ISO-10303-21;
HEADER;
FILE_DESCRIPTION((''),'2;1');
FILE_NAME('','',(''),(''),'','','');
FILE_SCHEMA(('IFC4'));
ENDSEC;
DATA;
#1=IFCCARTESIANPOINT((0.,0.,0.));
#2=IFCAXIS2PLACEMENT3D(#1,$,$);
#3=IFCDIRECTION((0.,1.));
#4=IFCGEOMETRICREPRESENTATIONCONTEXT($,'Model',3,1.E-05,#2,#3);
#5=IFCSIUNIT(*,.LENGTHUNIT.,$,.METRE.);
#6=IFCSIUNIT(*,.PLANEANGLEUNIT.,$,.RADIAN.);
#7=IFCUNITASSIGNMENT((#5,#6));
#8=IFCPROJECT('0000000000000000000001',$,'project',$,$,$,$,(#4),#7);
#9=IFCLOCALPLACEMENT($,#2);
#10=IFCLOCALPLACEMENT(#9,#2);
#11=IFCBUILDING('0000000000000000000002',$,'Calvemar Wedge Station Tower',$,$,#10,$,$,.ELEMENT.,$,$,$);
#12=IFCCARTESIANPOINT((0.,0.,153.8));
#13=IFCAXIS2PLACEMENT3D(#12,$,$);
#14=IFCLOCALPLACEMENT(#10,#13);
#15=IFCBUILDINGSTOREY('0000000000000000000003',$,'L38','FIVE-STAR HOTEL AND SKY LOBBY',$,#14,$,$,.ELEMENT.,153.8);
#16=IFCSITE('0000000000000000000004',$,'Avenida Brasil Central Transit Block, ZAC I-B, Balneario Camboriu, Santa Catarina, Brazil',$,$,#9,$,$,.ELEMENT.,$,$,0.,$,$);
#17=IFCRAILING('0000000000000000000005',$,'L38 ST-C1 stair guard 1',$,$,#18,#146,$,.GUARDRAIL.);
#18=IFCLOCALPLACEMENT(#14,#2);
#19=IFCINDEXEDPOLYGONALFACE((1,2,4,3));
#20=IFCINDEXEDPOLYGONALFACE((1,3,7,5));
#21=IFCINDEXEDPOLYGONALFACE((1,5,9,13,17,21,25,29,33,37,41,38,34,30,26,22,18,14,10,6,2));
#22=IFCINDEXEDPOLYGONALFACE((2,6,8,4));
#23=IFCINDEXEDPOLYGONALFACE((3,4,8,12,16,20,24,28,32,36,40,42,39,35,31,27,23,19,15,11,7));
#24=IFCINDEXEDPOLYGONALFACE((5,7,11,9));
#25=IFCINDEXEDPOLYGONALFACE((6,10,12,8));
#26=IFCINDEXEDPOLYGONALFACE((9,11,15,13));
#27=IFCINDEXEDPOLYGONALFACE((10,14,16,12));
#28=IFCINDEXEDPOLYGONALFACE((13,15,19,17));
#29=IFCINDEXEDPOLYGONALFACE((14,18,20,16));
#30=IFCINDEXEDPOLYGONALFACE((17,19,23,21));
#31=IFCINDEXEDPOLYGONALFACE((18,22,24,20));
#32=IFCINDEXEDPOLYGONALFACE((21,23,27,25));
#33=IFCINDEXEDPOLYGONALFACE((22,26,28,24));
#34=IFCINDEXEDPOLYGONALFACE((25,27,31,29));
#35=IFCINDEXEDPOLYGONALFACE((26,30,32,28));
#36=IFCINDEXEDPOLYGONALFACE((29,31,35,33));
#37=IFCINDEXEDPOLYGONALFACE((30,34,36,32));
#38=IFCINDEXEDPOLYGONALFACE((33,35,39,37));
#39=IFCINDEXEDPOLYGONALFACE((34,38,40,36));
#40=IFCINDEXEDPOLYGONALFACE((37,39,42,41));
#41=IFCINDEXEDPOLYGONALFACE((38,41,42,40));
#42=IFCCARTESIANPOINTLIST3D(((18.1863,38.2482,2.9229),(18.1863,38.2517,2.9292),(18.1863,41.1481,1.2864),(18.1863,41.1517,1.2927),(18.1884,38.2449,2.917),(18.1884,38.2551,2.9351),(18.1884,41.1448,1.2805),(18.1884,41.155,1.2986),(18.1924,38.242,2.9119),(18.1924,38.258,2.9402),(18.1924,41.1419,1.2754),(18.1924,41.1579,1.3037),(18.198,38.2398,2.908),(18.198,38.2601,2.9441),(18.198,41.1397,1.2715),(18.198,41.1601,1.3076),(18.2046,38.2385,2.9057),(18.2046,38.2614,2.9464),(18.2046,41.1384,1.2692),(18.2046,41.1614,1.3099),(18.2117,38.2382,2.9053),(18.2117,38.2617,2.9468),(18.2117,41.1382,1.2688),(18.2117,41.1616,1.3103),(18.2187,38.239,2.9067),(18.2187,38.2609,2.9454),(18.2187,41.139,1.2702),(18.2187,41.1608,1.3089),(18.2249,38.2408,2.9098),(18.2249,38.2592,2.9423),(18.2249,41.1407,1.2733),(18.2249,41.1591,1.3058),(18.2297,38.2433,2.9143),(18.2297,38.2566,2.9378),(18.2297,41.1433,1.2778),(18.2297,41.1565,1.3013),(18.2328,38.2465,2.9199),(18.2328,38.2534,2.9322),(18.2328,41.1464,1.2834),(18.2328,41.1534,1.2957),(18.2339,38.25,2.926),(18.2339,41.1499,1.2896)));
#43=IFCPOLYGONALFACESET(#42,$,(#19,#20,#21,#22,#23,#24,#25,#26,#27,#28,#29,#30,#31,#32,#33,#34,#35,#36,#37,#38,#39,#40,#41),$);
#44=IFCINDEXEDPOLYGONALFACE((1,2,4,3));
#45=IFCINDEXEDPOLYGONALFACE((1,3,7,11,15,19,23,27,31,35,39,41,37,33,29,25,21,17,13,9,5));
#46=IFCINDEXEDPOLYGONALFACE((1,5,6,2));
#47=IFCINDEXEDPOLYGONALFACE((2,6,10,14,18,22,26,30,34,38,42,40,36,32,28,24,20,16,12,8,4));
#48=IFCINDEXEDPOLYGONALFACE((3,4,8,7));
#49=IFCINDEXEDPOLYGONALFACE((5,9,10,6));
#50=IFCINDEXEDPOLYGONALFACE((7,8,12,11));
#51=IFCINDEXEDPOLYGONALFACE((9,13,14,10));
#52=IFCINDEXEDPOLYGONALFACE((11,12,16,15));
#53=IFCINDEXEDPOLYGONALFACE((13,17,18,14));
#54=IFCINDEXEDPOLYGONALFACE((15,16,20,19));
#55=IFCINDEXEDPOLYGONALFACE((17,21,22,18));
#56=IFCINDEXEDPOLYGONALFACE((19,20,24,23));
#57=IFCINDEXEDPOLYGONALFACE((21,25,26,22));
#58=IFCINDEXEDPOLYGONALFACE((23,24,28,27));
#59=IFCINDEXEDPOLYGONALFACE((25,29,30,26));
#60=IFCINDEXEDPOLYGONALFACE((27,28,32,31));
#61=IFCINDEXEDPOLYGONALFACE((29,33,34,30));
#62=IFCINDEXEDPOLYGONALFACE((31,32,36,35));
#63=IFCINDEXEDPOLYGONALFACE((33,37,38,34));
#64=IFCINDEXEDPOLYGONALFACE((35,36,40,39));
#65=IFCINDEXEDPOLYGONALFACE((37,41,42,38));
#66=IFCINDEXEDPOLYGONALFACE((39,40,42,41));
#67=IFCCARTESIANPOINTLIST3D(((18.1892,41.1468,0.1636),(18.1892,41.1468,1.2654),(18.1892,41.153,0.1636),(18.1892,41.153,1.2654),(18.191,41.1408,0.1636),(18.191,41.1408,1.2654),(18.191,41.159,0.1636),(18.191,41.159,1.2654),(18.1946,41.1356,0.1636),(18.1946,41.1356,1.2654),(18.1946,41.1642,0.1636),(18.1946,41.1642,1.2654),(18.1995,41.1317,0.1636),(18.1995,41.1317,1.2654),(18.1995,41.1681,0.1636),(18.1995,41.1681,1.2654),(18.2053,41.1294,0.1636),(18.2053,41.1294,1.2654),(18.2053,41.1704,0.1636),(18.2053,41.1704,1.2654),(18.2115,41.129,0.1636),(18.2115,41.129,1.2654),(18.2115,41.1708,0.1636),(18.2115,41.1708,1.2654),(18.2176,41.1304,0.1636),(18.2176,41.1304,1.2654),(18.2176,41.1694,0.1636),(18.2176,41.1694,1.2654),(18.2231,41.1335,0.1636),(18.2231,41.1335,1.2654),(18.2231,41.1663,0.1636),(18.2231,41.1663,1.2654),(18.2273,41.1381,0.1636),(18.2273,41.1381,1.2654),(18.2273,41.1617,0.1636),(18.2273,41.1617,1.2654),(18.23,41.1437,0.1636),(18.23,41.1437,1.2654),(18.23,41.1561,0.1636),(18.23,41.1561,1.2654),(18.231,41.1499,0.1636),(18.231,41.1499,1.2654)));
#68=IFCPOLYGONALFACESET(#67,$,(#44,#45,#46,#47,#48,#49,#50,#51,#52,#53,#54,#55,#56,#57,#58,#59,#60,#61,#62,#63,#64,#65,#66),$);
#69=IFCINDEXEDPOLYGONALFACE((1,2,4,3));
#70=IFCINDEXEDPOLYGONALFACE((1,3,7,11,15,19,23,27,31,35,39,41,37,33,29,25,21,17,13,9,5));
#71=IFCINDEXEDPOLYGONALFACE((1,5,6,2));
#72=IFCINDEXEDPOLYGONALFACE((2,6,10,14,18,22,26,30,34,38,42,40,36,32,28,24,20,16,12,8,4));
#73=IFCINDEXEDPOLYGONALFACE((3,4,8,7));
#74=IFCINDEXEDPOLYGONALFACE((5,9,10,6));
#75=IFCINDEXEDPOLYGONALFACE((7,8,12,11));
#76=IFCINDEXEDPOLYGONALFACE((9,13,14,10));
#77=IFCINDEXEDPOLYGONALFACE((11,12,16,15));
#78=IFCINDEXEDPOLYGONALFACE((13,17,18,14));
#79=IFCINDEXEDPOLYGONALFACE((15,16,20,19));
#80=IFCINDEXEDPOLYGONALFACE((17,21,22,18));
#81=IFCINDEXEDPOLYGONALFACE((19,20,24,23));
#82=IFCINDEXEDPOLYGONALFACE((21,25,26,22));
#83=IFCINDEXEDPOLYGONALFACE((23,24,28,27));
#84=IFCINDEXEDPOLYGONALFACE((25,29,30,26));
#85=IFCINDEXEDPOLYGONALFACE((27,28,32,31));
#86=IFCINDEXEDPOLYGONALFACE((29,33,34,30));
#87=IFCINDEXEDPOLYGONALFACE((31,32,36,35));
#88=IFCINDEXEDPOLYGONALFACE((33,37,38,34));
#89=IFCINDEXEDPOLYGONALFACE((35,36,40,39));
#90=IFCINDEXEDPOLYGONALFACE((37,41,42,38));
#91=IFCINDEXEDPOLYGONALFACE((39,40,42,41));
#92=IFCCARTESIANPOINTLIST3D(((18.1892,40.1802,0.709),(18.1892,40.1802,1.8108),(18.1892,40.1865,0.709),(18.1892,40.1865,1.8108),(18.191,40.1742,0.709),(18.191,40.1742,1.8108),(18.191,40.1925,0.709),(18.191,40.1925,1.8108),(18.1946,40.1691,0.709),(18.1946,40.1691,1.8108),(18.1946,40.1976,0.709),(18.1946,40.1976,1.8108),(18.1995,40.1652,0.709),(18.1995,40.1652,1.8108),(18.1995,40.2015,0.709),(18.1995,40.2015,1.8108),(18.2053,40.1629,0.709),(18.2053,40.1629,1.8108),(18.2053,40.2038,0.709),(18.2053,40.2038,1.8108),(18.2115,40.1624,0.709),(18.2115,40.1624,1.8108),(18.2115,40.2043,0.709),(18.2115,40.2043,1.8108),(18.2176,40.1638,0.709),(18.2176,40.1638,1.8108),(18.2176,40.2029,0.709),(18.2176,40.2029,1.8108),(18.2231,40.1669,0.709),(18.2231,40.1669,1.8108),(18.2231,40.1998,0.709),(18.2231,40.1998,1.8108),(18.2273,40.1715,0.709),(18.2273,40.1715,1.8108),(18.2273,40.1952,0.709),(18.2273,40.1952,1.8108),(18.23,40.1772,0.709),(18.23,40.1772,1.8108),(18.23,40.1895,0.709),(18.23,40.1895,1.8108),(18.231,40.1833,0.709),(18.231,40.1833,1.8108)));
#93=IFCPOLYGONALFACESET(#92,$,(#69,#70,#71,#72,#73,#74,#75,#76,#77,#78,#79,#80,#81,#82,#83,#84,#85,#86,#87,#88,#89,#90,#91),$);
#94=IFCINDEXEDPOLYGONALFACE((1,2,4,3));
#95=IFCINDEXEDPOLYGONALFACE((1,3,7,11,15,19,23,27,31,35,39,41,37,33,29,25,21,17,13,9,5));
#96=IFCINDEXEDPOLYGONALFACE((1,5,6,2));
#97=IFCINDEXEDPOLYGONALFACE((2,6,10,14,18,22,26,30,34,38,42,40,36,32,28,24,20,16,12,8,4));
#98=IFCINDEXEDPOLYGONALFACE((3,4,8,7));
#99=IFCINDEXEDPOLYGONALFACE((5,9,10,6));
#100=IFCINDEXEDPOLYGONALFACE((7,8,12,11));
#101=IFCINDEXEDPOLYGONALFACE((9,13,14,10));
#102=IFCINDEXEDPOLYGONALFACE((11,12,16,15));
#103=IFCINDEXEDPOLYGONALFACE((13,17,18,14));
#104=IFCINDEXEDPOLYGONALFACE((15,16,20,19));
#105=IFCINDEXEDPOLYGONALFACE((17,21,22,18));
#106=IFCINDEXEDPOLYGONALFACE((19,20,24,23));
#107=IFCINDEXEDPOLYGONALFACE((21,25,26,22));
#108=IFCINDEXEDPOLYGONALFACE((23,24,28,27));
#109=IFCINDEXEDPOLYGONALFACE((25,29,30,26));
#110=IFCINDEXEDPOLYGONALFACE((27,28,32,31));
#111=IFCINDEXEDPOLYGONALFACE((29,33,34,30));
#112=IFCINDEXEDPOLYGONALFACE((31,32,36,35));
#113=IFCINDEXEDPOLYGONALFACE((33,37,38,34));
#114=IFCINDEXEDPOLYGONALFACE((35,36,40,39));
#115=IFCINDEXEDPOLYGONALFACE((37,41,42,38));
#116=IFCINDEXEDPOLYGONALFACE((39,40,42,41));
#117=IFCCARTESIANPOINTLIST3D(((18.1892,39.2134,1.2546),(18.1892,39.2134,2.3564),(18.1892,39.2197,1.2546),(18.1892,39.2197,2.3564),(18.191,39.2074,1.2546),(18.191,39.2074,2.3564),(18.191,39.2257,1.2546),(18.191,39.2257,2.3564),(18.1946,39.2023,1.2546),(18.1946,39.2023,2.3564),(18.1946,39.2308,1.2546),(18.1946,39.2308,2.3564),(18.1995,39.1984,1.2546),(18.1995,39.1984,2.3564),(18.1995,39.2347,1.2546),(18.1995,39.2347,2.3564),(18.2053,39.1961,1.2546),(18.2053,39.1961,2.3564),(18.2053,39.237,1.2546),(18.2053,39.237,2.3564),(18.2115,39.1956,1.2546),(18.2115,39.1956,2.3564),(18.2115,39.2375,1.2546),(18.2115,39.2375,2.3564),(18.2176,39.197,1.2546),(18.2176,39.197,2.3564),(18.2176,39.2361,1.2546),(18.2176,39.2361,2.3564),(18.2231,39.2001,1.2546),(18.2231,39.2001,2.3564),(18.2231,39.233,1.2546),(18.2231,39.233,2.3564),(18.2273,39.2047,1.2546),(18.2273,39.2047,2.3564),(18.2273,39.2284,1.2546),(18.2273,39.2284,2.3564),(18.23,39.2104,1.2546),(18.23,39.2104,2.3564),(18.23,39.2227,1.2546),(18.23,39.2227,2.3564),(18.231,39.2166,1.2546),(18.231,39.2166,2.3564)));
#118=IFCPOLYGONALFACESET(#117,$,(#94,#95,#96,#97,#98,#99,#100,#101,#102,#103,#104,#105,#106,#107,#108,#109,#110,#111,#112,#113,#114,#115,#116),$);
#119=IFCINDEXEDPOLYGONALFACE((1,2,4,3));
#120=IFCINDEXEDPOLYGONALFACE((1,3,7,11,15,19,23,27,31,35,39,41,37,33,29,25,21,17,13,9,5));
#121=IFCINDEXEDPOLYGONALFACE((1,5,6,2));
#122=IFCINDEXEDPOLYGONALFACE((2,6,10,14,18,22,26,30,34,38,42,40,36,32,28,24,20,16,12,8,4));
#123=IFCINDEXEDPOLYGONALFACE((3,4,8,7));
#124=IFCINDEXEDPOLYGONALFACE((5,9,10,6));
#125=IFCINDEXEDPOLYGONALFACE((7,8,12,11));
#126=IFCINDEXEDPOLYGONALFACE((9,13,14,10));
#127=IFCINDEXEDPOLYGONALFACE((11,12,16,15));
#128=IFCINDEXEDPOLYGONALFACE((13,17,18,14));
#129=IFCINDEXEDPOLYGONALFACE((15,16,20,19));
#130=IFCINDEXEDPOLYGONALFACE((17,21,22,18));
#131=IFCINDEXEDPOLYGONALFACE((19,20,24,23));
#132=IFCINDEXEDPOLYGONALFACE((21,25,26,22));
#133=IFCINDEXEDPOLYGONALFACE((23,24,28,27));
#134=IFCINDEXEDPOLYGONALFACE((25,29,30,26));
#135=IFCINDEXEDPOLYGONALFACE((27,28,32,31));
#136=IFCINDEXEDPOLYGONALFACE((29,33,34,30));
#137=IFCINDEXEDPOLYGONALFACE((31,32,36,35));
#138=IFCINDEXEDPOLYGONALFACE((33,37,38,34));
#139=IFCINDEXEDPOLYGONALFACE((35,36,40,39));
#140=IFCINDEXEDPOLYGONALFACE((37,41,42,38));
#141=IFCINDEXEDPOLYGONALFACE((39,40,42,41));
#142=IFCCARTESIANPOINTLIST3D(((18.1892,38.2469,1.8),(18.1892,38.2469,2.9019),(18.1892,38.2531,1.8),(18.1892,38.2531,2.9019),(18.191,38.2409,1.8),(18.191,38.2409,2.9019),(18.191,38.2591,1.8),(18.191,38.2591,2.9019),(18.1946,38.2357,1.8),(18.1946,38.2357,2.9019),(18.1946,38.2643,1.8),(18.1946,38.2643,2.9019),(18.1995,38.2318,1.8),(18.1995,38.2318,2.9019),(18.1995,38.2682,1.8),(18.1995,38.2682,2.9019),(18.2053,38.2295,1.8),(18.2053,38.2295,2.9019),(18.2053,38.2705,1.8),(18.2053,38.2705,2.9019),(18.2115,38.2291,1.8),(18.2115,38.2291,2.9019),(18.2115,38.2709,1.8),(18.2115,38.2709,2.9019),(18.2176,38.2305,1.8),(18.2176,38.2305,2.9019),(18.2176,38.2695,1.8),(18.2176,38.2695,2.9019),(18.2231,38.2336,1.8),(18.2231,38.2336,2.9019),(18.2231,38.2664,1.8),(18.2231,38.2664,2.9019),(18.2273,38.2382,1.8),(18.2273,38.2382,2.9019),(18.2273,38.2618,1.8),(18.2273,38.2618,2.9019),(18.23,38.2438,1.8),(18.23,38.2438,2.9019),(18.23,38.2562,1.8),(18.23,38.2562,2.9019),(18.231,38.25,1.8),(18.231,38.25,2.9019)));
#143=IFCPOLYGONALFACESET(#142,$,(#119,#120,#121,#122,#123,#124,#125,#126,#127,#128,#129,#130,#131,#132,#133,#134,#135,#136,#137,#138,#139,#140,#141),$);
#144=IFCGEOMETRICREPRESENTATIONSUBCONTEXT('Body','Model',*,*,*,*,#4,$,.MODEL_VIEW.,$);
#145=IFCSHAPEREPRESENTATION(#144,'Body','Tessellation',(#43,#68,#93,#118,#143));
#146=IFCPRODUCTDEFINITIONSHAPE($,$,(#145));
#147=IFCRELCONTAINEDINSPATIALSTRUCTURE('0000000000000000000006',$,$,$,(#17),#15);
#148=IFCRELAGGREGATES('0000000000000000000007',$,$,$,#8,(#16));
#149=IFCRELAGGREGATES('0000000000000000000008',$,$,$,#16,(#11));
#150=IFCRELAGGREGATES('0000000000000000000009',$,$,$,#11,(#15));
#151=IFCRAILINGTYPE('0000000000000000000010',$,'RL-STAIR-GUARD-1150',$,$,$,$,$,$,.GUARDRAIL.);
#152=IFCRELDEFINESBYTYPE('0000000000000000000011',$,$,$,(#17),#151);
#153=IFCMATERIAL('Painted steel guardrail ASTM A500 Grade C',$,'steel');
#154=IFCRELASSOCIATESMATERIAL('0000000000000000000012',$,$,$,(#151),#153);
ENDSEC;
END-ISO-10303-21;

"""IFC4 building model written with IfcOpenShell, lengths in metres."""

from ifc_helpers import new_model, si_unit, direction, frame, origin, origin_2d, place, context, subcontext, project, spatial, circle, extrude, material, type_object, element, save


model = new_model("IFC4")

# Units and contexts
model_context = context("Model", 3, precision=1e-05, world=origin(), true_north=direction((0.0, 1.0)))
body_context = subcontext(model_context, "Body", "Model", "MODEL_VIEW")
ifc_project = project(units=[si_unit("LENGTHUNIT", "METRE"), si_unit("PLANEANGLEUNIT", "RADIAN")], contexts=[model_context])

# Site, building, storey
site_placement = place(None, origin())
site = spatial("IfcSite", under=ifc_project, at=site_placement, Name="Avenida Brasil Central Transit Block, ZAC I-B, Balneario Camboriu, Santa Catarina, Brazil", CompositionType="ELEMENT", RefElevation=0.0)
building_placement = place(site_placement, origin())
building = spatial("IfcBuilding", under=site, at=building_placement, Name="Calvemar Wedge Station Tower", CompositionType="ELEMENT")
storey_placement = place(building_placement, frame((0.0, 0.0, 153.8)))
storey = spatial("IfcBuildingStorey", under=building, at=storey_placement, Name="L38", Description="FIVE-STAR HOTEL AND SKY LOBBY", CompositionType="ELEMENT", Elevation=153.8)

# Railing
ifc_material_1 = material(Name="Painted steel guardrail ASTM A500 Grade C", Category="steel")
railing_type_1 = type_object("IfcRailingType", Name="RL-STAIR-GUARD-1150", PredefinedType="GUARDRAIL", material=ifc_material_1)
railing_1_placement = place(storey_placement, frame((18.21, 41.1499, 0.1636)))
element("IfcRailing", 1, at=railing_1_placement, inside=storey, type_object=railing_type_1, Name="L38 ST-C1 stair guard 1", PredefinedType="GUARDRAIL", context=body_context, shape_type="SweptSolid", body=[
    extrude(circle(Radius=0.0239, at=origin_2d()), frame((0.0, 0.0, 1.126), z_axis=(0.0, -0.870897, 0.491465), x_axis=(1.0, 0.0, 0.0)), (0.0, 0.0, 1.0), 3.3298),
    extrude(circle(Radius=0.021, at=origin_2d()), origin(), (0.0, 0.0, 1.0), 1.1018),
    extrude(circle(Radius=0.021, at=origin_2d()), frame((0.0, -0.9666, 0.5454)), (0.0, 0.0, 1.0), 1.1018),
    extrude(circle(Radius=0.021, at=origin_2d()), frame((0.0, -1.9333, 1.0911)), (0.0, 0.0, 1.0), 1.1018),
    extrude(circle(Radius=0.021, at=origin_2d()), frame((0.0, -2.8999, 1.6365)), (0.0, 0.0, 1.0), 1.1018),
])

save(model, "model.ifc")
